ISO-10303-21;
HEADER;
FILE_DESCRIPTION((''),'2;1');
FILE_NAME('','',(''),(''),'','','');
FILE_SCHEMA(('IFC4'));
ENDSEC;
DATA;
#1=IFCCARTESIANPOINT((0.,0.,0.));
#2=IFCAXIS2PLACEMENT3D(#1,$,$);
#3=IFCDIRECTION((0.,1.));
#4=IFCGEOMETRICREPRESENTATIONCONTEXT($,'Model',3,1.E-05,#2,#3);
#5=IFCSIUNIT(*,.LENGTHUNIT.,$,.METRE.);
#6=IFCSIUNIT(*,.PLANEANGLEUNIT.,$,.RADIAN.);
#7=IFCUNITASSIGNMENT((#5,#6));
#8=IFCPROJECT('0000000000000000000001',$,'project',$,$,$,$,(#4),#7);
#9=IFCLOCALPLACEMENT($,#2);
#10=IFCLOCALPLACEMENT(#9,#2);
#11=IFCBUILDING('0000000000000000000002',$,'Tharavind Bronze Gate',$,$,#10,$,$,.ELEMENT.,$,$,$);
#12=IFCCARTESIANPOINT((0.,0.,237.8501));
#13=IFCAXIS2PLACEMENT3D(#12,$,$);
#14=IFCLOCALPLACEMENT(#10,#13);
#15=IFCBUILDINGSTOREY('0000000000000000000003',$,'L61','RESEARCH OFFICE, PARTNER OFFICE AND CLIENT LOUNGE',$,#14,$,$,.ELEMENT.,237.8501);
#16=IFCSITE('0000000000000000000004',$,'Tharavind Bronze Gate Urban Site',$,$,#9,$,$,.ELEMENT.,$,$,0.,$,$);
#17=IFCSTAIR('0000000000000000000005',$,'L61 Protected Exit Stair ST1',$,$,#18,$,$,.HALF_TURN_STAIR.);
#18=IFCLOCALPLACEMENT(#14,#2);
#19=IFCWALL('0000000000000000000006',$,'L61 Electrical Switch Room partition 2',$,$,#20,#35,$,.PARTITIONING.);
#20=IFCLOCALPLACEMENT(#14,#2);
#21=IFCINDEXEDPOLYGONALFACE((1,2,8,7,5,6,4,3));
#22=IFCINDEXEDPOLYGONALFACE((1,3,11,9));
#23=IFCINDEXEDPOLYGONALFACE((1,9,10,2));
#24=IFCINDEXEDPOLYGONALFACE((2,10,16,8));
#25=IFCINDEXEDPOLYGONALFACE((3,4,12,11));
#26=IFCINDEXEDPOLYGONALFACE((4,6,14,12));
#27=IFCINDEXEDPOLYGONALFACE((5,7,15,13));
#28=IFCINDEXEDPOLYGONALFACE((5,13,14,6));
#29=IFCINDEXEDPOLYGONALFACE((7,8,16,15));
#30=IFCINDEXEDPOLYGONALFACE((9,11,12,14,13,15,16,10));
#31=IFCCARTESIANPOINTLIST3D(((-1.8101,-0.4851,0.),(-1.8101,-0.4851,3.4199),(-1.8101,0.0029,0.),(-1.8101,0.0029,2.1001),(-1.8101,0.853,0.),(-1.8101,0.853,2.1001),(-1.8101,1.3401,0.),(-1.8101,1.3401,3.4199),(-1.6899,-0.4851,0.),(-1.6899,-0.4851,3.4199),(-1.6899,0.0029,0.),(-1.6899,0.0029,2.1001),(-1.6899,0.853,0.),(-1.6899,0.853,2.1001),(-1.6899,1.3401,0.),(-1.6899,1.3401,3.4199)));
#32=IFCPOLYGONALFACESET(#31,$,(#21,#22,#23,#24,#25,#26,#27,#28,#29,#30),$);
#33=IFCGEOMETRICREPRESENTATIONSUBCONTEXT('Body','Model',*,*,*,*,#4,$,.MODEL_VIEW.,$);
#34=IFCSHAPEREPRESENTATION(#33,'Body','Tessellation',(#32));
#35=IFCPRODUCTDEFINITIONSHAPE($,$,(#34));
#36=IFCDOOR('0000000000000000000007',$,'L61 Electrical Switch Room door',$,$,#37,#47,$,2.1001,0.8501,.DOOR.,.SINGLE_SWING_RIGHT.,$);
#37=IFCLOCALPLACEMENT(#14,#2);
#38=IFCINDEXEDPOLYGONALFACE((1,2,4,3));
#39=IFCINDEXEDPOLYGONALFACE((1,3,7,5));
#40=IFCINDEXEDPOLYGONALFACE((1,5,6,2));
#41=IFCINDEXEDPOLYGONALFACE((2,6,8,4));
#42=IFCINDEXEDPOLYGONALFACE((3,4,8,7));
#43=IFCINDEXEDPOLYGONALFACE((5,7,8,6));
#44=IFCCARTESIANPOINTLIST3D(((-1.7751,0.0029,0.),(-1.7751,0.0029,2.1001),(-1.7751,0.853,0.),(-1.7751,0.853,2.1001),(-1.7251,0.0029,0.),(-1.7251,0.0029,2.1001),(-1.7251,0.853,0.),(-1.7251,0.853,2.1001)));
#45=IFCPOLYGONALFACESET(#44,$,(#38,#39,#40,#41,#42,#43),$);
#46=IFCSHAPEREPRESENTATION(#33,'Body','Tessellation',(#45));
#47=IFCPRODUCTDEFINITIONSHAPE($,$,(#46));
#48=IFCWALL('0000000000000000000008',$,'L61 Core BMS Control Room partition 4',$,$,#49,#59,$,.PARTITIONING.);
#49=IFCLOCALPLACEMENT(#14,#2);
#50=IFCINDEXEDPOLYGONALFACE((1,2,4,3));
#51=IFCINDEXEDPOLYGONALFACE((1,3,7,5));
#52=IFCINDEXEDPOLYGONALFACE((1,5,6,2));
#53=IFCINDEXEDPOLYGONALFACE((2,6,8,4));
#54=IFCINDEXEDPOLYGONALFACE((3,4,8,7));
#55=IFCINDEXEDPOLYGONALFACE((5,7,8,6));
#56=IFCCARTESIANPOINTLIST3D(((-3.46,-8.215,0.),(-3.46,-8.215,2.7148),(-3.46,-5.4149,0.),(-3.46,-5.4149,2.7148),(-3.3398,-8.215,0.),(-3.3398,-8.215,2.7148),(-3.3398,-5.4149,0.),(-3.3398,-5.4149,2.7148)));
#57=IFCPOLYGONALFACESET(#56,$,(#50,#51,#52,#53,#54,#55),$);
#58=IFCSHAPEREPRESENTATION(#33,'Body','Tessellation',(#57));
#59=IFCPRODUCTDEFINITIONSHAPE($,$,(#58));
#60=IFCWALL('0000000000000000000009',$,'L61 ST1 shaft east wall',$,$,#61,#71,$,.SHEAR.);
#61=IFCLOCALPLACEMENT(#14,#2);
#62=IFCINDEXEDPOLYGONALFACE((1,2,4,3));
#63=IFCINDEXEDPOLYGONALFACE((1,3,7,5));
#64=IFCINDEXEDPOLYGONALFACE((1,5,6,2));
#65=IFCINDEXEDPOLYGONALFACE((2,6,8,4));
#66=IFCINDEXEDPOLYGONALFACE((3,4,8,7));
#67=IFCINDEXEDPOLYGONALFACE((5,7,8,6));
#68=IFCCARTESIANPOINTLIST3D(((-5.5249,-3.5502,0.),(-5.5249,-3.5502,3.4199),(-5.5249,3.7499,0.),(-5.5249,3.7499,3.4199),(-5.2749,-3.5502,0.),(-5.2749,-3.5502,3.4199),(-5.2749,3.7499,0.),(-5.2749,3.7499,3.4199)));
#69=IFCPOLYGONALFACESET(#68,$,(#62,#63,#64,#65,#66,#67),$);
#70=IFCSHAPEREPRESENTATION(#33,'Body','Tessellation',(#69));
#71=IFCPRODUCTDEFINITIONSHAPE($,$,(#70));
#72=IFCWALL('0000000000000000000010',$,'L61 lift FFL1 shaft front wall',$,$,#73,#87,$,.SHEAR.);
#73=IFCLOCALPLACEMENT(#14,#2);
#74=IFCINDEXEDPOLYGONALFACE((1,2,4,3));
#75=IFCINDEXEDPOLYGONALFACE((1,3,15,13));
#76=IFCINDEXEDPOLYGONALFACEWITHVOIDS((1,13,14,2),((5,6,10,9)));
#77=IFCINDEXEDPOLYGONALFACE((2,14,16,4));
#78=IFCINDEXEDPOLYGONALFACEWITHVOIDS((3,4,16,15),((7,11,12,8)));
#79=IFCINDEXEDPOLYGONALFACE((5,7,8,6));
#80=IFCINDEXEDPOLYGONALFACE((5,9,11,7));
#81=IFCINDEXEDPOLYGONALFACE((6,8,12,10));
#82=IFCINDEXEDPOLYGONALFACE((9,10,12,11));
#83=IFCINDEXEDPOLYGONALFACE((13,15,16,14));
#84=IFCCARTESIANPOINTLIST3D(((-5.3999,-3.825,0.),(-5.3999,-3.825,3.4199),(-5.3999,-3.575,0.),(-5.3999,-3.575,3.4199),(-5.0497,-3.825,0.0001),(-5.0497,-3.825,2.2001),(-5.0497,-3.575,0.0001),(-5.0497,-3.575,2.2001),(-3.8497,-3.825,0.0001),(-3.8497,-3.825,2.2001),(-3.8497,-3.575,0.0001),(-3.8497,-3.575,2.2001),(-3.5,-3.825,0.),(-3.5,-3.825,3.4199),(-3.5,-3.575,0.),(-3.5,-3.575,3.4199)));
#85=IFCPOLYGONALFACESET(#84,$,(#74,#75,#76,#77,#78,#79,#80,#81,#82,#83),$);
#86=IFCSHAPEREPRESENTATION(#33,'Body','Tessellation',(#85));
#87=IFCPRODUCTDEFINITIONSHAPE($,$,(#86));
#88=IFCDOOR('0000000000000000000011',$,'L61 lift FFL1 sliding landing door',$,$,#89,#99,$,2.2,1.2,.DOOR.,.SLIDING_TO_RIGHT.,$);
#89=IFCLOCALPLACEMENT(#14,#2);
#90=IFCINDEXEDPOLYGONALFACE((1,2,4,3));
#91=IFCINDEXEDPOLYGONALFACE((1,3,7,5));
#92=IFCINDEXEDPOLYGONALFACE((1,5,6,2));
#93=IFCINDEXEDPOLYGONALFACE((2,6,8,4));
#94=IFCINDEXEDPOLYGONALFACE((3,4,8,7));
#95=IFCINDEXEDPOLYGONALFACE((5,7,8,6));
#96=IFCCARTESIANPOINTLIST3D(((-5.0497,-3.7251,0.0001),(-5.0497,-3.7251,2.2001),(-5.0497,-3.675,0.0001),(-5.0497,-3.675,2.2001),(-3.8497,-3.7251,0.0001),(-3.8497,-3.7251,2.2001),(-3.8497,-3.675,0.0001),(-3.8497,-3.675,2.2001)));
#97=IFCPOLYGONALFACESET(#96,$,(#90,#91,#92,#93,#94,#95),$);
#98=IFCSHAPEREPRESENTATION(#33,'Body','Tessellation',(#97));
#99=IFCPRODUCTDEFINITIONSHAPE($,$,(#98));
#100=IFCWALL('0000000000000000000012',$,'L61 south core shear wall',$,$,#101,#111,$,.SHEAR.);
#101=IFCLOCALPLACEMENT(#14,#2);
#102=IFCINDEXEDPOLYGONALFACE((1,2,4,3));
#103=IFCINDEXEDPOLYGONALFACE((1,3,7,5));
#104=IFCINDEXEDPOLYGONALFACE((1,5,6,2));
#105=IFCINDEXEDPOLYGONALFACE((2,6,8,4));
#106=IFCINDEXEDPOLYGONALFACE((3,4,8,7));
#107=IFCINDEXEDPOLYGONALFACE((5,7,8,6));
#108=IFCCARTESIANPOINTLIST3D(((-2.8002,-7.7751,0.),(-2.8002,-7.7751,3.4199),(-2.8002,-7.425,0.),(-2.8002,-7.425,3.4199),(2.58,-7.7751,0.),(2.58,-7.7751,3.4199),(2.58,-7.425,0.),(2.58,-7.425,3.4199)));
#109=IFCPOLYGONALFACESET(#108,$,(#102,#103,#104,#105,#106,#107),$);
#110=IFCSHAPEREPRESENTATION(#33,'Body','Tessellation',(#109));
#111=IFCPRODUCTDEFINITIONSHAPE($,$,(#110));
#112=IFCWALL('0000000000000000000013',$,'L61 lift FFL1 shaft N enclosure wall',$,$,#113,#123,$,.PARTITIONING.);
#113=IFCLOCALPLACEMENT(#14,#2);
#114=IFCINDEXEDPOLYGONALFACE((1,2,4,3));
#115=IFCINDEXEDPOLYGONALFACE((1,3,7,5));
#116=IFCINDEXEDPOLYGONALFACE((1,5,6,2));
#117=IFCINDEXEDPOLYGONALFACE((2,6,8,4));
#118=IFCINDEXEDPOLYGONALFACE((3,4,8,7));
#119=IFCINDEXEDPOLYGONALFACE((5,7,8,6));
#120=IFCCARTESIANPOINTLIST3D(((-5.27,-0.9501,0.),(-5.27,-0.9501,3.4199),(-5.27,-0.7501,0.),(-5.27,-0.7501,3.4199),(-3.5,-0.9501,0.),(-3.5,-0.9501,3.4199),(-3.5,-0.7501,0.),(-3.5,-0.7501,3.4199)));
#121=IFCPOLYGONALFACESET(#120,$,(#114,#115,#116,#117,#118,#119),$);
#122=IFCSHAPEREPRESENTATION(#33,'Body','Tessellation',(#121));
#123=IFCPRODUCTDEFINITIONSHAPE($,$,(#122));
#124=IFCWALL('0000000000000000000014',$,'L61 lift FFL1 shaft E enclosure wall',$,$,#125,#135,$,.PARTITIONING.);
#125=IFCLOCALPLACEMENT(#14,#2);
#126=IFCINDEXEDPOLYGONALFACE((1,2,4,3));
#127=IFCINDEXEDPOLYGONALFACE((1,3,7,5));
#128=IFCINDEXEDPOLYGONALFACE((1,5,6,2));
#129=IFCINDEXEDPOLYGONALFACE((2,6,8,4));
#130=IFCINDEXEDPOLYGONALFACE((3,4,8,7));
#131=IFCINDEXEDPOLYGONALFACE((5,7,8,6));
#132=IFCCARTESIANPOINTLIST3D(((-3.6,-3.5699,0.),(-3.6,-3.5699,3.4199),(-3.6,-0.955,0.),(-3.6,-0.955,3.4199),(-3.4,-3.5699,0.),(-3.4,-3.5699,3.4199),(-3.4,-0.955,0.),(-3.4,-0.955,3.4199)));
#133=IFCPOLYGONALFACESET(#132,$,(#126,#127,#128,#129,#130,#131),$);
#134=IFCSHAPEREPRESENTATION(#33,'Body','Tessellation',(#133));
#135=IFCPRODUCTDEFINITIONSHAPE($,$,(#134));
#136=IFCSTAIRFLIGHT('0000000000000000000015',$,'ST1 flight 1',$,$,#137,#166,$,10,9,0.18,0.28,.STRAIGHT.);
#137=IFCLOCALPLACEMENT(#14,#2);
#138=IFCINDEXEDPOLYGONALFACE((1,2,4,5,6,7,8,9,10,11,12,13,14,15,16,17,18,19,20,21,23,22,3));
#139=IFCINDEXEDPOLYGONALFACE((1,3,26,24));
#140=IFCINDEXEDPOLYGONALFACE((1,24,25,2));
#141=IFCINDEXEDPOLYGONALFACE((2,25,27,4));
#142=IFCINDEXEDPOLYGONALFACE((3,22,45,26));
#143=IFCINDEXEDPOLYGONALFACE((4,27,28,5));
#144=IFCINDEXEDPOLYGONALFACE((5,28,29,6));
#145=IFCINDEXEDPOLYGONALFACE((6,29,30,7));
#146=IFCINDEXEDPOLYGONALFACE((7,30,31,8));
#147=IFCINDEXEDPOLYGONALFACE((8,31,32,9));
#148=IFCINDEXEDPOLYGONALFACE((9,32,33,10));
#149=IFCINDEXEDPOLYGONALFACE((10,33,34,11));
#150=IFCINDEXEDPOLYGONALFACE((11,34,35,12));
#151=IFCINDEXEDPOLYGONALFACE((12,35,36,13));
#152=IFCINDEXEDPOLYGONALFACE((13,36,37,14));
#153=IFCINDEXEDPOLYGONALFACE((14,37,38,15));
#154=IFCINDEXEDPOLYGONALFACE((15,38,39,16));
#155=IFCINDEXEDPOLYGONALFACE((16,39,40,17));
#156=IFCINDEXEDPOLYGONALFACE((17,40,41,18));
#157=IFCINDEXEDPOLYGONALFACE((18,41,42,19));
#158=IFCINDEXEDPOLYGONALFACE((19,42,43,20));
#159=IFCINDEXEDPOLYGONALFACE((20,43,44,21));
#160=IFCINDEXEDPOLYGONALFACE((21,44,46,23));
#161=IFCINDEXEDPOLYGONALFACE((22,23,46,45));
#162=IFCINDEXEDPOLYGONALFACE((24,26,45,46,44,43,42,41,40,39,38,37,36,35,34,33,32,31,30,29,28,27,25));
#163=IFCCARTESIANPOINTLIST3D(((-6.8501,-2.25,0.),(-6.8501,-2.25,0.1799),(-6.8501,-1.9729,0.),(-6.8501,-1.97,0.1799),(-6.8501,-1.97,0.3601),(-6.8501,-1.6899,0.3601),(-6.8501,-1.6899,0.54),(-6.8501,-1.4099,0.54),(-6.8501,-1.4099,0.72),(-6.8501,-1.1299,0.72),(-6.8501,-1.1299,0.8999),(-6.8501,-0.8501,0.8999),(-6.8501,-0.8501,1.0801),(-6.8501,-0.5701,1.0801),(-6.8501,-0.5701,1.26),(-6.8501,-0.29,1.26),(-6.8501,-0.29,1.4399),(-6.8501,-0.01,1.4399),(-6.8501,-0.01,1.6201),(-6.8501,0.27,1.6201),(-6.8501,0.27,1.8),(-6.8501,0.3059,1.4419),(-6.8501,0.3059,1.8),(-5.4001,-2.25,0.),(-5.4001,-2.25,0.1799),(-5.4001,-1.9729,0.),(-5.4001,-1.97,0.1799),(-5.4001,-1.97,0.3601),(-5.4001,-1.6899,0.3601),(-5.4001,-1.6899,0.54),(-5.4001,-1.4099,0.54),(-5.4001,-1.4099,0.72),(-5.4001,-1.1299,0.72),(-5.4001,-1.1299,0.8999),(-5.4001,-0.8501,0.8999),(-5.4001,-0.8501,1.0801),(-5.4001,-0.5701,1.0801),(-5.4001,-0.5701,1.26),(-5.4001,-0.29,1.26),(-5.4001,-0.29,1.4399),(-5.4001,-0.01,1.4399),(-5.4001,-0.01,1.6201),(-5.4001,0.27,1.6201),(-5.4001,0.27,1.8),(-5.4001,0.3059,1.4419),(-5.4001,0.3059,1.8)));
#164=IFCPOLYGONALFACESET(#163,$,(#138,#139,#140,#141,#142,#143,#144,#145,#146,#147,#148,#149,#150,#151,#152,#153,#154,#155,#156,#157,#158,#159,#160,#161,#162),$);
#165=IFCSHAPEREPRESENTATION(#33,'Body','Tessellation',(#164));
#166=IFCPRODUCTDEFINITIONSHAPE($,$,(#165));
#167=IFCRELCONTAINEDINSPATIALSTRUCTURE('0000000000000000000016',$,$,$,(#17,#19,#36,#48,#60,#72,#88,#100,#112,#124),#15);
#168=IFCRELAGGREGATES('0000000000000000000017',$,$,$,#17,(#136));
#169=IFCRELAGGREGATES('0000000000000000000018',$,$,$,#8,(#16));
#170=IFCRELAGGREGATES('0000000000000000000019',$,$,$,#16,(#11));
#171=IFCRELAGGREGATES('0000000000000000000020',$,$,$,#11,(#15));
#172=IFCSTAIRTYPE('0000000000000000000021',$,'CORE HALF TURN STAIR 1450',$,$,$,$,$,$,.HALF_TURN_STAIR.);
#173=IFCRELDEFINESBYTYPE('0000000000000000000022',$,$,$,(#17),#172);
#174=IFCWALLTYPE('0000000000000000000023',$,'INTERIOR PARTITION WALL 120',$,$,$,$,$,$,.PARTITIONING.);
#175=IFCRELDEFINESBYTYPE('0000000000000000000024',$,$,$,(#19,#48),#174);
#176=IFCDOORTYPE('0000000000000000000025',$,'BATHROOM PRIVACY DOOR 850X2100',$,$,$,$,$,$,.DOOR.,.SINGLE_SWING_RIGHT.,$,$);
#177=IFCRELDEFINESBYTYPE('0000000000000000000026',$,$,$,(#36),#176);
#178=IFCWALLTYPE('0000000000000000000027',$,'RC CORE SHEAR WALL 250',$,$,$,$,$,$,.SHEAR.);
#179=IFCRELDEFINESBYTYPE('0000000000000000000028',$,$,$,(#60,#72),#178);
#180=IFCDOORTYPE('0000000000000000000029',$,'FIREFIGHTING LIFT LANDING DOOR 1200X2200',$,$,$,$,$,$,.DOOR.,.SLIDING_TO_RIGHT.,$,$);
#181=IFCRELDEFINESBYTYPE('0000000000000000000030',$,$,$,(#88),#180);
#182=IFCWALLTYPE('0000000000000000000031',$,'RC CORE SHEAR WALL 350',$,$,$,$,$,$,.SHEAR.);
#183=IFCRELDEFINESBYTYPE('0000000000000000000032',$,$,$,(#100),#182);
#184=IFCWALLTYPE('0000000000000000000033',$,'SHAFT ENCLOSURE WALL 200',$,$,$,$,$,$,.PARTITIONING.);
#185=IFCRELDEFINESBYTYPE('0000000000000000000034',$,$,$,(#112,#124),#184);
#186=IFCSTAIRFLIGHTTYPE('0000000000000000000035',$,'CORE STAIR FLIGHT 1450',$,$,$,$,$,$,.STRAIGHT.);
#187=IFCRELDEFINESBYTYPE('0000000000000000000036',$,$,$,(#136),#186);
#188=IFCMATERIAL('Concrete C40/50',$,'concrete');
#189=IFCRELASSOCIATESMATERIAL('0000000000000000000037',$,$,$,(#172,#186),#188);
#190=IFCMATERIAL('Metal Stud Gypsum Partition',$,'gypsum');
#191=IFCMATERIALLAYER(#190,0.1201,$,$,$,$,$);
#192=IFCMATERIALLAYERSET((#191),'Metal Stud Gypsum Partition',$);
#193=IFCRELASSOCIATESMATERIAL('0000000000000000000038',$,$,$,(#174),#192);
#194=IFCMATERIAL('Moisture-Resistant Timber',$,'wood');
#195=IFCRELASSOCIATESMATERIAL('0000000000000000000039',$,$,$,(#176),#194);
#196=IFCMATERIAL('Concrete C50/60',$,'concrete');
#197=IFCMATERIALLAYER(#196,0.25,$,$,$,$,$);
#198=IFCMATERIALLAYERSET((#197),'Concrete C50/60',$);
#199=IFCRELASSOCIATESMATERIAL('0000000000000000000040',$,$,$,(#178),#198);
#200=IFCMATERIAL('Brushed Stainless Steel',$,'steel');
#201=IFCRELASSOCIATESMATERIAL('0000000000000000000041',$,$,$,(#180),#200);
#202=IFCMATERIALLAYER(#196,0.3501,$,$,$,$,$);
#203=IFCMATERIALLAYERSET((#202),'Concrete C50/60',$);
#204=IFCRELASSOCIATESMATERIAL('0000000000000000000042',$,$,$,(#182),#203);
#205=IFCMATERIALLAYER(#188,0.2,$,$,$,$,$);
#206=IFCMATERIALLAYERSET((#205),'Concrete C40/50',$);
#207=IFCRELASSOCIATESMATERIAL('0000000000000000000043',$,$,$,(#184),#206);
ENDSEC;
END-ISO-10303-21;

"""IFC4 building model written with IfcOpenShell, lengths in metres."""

from ifc_helpers import new_model, si_unit, direction, frame, frame_2d, origin, place, context, subcontext, project, spatial, polyline, rectangle, outline, extrude, material, layer, layer_set, type_object, element, fill, aggregate, save


model = new_model("IFC4")

# Units and contexts
model_context = context("Model", 3, precision=1e-05, world=origin(), true_north=direction((0.0, 1.0)))
body_context = subcontext(model_context, "Body", "Model", "MODEL_VIEW")
ifc_project = project(units=[si_unit("LENGTHUNIT", "METRE"), si_unit("PLANEANGLEUNIT", "RADIAN")], contexts=[model_context])

# Site, building, storey
site_placement = place(None, origin())
site = spatial("IfcSite", under=ifc_project, at=site_placement, Name="Tharavind Bronze Gate Urban Site", CompositionType="ELEMENT", RefElevation=0.0)
building_placement = place(site_placement, origin())
building = spatial("IfcBuilding", under=site, at=building_placement, Name="Tharavind Bronze Gate", CompositionType="ELEMENT")
storey_placement = place(building_placement, frame((0.0, 0.0, 237.8501)))
storey = spatial("IfcBuildingStorey", under=building, at=storey_placement, Name="L61", Description="RESEARCH OFFICE, PARTNER OFFICE AND CLIENT LOUNGE", CompositionType="ELEMENT", Elevation=237.8501)

# Shared definitions
ifc_material_1 = material(Name="Concrete C50/60", Category="concrete")

# Shared definitions
ifc_material_2 = material(Name="Concrete C40/50", Category="concrete")

# Stair
stair_type = type_object("IfcStairType", Name="CORE HALF TURN STAIR 1450", PredefinedType="HALF_TURN_STAIR", material=ifc_material_2)
stair_1_placement = place(storey_placement, origin())
stair_1 = element("IfcStair", 1, at=stair_1_placement, inside=storey, type_object=stair_type, Name="L61 Protected Exit Stair ST1", PredefinedType="HALF_TURN_STAIR")

# Shared definitions
ifc_material_3 = material(Name="Metal Stud Gypsum Partition", Category="gypsum")
ifc_layer_1 = layer(ifc_material_3, 0.1201)
ifc_layer_set_1 = layer_set([ifc_layer_1], Name="Metal Stud Gypsum Partition")
wall_type_1 = type_object("IfcWallType", Name="INTERIOR PARTITION WALL 120", PredefinedType="PARTITIONING", material=ifc_layer_set_1)

# Wall, opening, door
wall_1_placement = place(storey_placement, frame((-1.75, -0.4851, 0.0), z_axis=(0.0, 0.0, 1.0), x_axis=(0.0, 1.0, 0.0)))
wall_1 = element("IfcWall", 2, at=wall_1_placement, inside=storey, type_object=wall_type_1, Name="L61 Electrical Switch Room partition 2", PredefinedType="PARTITIONING", context=body_context, shape_type="SweptSolid", body=[
    extrude(rectangle(XDim=1.8252, YDim=0.1201, at=frame_2d((0.9126, 0.0))), origin(), (0.0, 0.0, 1.0), 3.4199),
])
opening_1_placement = place(wall_1_placement, frame((0.488, 0.0, 0.0)))
opening_1 = element("IfcOpeningElement", 3, at=opening_1_placement, cuts=wall_1, PredefinedType="OPENING", context=body_context, shape_type="SweptSolid", body=[
    extrude(rectangle(XDim=0.8501, YDim=2.1001, at=frame_2d((0.425, 1.05))), frame((0.0, 0.0701, 0.0), z_axis=(0.0, -1.0, 0.0), x_axis=(1.0, 0.0, 0.0)), (0.0, 0.0, 1.0), 0.1401),
])
ifc_material_4 = material(Name="Moisture-Resistant Timber", Category="wood")
door_type_1 = type_object("IfcDoorType", Name="BATHROOM PRIVACY DOOR 850X2100", OperationType="SINGLE_SWING_RIGHT", PredefinedType="DOOR", material=ifc_material_4)
door_1_placement = place(opening_1_placement, frame((0.8501, 0.0, 0.0), z_axis=(0.0, 0.0, 1.0), x_axis=(-1.0, 0.0, 0.0)))
door_1 = element("IfcDoor", 4, at=door_1_placement, inside=storey, type_object=door_type_1, Name="L61 Electrical Switch Room door", OperationType="SINGLE_SWING_RIGHT", OverallHeight=2.1001, OverallWidth=0.8501, PredefinedType="DOOR", context=body_context, shape_type="SweptSolid", body=[
    extrude(rectangle(XDim=0.8501, YDim=2.1001, at=frame_2d((0.425, 1.05))), frame((0.0, 0.0249, 0.0), z_axis=(0.0, -1.0, 0.0), x_axis=(1.0, 0.0, 0.0)), (0.0, 0.0, 1.0), 0.05),
])
fill(opening_1, door_1)

# Walls
wall_2_placement = place(storey_placement, frame((-3.3999, -5.415, 0.0), z_axis=(0.0, 0.0, 1.0), x_axis=(0.0, -1.0, 0.0)))
element("IfcWall", 5, at=wall_2_placement, inside=storey, type_object=wall_type_1, Name="L61 Core BMS Control Room partition 4", PredefinedType="PARTITIONING", context=body_context, shape_type="SweptSolid", body=[
    extrude(rectangle(XDim=2.8, YDim=0.1201, at=frame_2d((1.3999, 0.0))), origin(), (0.0, 0.0, 1.0), 2.7148),
])
ifc_layer_2 = layer(ifc_material_1, 0.25)
ifc_layer_set_2 = layer_set([ifc_layer_2], Name="Concrete C50/60")
wall_type_2 = type_object("IfcWallType", Name="RC CORE SHEAR WALL 250", PredefinedType="SHEAR", material=ifc_layer_set_2)
wall_3_placement = place(storey_placement, frame((-5.3999, -3.55, 0.0), z_axis=(0.0, 0.0, 1.0), x_axis=(0.0, 1.0, 0.0)))
element("IfcWall", 6, at=wall_3_placement, inside=storey, type_object=wall_type_2, Name="L61 ST1 shaft east wall", PredefinedType="SHEAR", context=body_context, shape_type="SweptSolid", body=[
    extrude(rectangle(XDim=7.3, YDim=0.25, at=frame_2d((3.6499, 0.0))), origin(), (0.0, 0.0, 1.0), 3.4199),
])

# Wall, opening, door
wall_4_placement = place(storey_placement, frame((-5.3999, -3.7, 0.0), z_axis=(0.0, 0.0, 1.0), x_axis=(1.0, 0.0, 0.0)))
wall_4 = element("IfcWall", 7, at=wall_4_placement, inside=storey, type_object=wall_type_2, Name="L61 lift FFL1 shaft front wall", PredefinedType="SHEAR", context=body_context, shape_type="SweptSolid", body=[
    extrude(rectangle(XDim=1.8999, YDim=0.25, at=frame_2d((0.95, 0.0))), origin(), (0.0, 0.0, 1.0), 3.4199),
])
opening_2_placement = place(wall_4_placement, frame((0.3501, 0.0, 0.0)))
opening_2 = element("IfcOpeningElement", 8, at=opening_2_placement, cuts=wall_4, PredefinedType="OPENING", context=body_context, shape_type="SweptSolid", body=[
    extrude(rectangle(XDim=1.2, YDim=2.2, at=frame_2d((0.6001, 1.1001))), frame((0.0, 0.135, 0.0), z_axis=(0.0, -1.0, 0.0), x_axis=(1.0, 0.0, 0.0)), (0.0, 0.0, 1.0), 0.27),
])
ifc_material_5 = material(Name="Brushed Stainless Steel", Category="steel")
door_type_2 = type_object("IfcDoorType", Name="FIREFIGHTING LIFT LANDING DOOR 1200X2200", OperationType="SLIDING_TO_RIGHT", PredefinedType="DOOR", material=ifc_material_5)
door_2_placement = place(opening_2_placement, origin())
door_2 = element("IfcDoor", 9, at=door_2_placement, inside=storey, type_object=door_type_2, Name="L61 lift FFL1 sliding landing door", OperationType="SLIDING_TO_RIGHT", OverallHeight=2.2, OverallWidth=1.2, PredefinedType="DOOR", context=body_context, shape_type="SweptSolid", body=[
    extrude(rectangle(XDim=1.2, YDim=2.2, at=frame_2d((0.6001, 1.1001))), frame((0.0, 0.0249, 0.0), z_axis=(0.0, -1.0, 0.0), x_axis=(1.0, 0.0, 0.0)), (0.0, 0.0, 1.0), 0.05),
])
fill(opening_2, door_2)

# Walls
ifc_layer_3 = layer(ifc_material_1, 0.3501)
ifc_layer_set_3 = layer_set([ifc_layer_3], Name="Concrete C50/60")
wall_type_3 = type_object("IfcWallType", Name="RC CORE SHEAR WALL 350", PredefinedType="SHEAR", material=ifc_layer_set_3)
wall_5_placement = place(storey_placement, frame((-2.8, -7.6001, 0.0), z_axis=(0.0, 0.0, 1.0), x_axis=(1.0, 0.0, 0.0)))
element("IfcWall", 10, at=wall_5_placement, inside=storey, type_object=wall_type_3, Name="L61 south core shear wall", PredefinedType="SHEAR", context=body_context, shape_type="SweptSolid", body=[
    extrude(rectangle(XDim=5.3801, YDim=0.3501, at=frame_2d((2.6899, 0.0))), origin(), (0.0, 0.0, 1.0), 3.4199),
])
ifc_layer_4 = layer(ifc_material_2, 0.2)
ifc_layer_set_4 = layer_set([ifc_layer_4], Name="Concrete C40/50")
wall_type_4 = type_object("IfcWallType", Name="SHAFT ENCLOSURE WALL 200", PredefinedType="PARTITIONING", material=ifc_layer_set_4)
wall_6_placement = place(storey_placement, frame((-5.27, -0.8501, 0.0), z_axis=(0.0, 0.0, 1.0), x_axis=(1.0, 0.0, 0.0)))
element("IfcWall", 11, at=wall_6_placement, inside=storey, type_object=wall_type_4, Name="L61 lift FFL1 shaft N enclosure wall", PredefinedType="PARTITIONING", context=body_context, shape_type="SweptSolid", body=[
    extrude(rectangle(XDim=1.77, YDim=0.2, at=frame_2d((0.885, 0.0))), origin(), (0.0, 0.0, 1.0), 3.4199),
])
wall_7_placement = place(storey_placement, frame((-3.5, -3.5701, 0.0), z_axis=(0.0, 0.0, 1.0), x_axis=(0.0, 1.0, 0.0)))
element("IfcWall", 12, at=wall_7_placement, inside=storey, type_object=wall_type_4, Name="L61 lift FFL1 shaft E enclosure wall", PredefinedType="PARTITIONING", context=body_context, shape_type="SweptSolid", body=[
    extrude(rectangle(XDim=2.615, YDim=0.2, at=frame_2d((1.3076, 0.0))), origin(), (0.0, 0.0, 1.0), 3.4199),
])

# Stair flight
stair_flight_type = type_object("IfcStairFlightType", Name="CORE STAIR FLIGHT 1450", PredefinedType="STRAIGHT", material=ifc_material_2)
stair_flight_placement = place(storey_placement, frame((-6.125, -2.25, 0.0), z_axis=(0.0, 0.0, 1.0), x_axis=(0.0, 1.0, 0.0)))
stair_flight = element("IfcStairFlight", 13, at=stair_flight_placement, type_object=stair_flight_type, Name="ST1 flight 1", NumberOfRisers=10, NumberOfTreads=9, PredefinedType="STRAIGHT", RiserHeight=0.18, TreadLength=0.28, context=body_context, shape_type="SweptSolid", body=[
    extrude(outline(polyline([(0.0, 0.0), (0.0, 0.1799), (0.28, 0.1799), (0.28, 0.3601), (0.5601, 0.3601), (0.5601, 0.54), (0.8401, 0.54), (0.8401, 0.72), (1.1201, 0.72), (1.1201, 0.8999), (1.3999, 0.8999), (1.3999, 1.0801), (1.6799, 1.0801), (1.6799, 1.26), (1.96, 1.26), (1.96, 1.4399), (2.24, 1.4399), (2.24, 1.6201), (2.52, 1.6201), (2.52, 1.8), (2.5559, 1.8), (2.5559, 1.4419), (0.2771, 0.0), (0.0, 0.0)])), frame((0.0, 0.7251, 0.0), z_axis=(0.0, -1.0, 0.0), x_axis=(1.0, 0.0, 0.0)), (0.0, 0.0, 1.0), 1.45),
])
aggregate(stair_1, [stair_flight])

save(model, "model.ifc")
